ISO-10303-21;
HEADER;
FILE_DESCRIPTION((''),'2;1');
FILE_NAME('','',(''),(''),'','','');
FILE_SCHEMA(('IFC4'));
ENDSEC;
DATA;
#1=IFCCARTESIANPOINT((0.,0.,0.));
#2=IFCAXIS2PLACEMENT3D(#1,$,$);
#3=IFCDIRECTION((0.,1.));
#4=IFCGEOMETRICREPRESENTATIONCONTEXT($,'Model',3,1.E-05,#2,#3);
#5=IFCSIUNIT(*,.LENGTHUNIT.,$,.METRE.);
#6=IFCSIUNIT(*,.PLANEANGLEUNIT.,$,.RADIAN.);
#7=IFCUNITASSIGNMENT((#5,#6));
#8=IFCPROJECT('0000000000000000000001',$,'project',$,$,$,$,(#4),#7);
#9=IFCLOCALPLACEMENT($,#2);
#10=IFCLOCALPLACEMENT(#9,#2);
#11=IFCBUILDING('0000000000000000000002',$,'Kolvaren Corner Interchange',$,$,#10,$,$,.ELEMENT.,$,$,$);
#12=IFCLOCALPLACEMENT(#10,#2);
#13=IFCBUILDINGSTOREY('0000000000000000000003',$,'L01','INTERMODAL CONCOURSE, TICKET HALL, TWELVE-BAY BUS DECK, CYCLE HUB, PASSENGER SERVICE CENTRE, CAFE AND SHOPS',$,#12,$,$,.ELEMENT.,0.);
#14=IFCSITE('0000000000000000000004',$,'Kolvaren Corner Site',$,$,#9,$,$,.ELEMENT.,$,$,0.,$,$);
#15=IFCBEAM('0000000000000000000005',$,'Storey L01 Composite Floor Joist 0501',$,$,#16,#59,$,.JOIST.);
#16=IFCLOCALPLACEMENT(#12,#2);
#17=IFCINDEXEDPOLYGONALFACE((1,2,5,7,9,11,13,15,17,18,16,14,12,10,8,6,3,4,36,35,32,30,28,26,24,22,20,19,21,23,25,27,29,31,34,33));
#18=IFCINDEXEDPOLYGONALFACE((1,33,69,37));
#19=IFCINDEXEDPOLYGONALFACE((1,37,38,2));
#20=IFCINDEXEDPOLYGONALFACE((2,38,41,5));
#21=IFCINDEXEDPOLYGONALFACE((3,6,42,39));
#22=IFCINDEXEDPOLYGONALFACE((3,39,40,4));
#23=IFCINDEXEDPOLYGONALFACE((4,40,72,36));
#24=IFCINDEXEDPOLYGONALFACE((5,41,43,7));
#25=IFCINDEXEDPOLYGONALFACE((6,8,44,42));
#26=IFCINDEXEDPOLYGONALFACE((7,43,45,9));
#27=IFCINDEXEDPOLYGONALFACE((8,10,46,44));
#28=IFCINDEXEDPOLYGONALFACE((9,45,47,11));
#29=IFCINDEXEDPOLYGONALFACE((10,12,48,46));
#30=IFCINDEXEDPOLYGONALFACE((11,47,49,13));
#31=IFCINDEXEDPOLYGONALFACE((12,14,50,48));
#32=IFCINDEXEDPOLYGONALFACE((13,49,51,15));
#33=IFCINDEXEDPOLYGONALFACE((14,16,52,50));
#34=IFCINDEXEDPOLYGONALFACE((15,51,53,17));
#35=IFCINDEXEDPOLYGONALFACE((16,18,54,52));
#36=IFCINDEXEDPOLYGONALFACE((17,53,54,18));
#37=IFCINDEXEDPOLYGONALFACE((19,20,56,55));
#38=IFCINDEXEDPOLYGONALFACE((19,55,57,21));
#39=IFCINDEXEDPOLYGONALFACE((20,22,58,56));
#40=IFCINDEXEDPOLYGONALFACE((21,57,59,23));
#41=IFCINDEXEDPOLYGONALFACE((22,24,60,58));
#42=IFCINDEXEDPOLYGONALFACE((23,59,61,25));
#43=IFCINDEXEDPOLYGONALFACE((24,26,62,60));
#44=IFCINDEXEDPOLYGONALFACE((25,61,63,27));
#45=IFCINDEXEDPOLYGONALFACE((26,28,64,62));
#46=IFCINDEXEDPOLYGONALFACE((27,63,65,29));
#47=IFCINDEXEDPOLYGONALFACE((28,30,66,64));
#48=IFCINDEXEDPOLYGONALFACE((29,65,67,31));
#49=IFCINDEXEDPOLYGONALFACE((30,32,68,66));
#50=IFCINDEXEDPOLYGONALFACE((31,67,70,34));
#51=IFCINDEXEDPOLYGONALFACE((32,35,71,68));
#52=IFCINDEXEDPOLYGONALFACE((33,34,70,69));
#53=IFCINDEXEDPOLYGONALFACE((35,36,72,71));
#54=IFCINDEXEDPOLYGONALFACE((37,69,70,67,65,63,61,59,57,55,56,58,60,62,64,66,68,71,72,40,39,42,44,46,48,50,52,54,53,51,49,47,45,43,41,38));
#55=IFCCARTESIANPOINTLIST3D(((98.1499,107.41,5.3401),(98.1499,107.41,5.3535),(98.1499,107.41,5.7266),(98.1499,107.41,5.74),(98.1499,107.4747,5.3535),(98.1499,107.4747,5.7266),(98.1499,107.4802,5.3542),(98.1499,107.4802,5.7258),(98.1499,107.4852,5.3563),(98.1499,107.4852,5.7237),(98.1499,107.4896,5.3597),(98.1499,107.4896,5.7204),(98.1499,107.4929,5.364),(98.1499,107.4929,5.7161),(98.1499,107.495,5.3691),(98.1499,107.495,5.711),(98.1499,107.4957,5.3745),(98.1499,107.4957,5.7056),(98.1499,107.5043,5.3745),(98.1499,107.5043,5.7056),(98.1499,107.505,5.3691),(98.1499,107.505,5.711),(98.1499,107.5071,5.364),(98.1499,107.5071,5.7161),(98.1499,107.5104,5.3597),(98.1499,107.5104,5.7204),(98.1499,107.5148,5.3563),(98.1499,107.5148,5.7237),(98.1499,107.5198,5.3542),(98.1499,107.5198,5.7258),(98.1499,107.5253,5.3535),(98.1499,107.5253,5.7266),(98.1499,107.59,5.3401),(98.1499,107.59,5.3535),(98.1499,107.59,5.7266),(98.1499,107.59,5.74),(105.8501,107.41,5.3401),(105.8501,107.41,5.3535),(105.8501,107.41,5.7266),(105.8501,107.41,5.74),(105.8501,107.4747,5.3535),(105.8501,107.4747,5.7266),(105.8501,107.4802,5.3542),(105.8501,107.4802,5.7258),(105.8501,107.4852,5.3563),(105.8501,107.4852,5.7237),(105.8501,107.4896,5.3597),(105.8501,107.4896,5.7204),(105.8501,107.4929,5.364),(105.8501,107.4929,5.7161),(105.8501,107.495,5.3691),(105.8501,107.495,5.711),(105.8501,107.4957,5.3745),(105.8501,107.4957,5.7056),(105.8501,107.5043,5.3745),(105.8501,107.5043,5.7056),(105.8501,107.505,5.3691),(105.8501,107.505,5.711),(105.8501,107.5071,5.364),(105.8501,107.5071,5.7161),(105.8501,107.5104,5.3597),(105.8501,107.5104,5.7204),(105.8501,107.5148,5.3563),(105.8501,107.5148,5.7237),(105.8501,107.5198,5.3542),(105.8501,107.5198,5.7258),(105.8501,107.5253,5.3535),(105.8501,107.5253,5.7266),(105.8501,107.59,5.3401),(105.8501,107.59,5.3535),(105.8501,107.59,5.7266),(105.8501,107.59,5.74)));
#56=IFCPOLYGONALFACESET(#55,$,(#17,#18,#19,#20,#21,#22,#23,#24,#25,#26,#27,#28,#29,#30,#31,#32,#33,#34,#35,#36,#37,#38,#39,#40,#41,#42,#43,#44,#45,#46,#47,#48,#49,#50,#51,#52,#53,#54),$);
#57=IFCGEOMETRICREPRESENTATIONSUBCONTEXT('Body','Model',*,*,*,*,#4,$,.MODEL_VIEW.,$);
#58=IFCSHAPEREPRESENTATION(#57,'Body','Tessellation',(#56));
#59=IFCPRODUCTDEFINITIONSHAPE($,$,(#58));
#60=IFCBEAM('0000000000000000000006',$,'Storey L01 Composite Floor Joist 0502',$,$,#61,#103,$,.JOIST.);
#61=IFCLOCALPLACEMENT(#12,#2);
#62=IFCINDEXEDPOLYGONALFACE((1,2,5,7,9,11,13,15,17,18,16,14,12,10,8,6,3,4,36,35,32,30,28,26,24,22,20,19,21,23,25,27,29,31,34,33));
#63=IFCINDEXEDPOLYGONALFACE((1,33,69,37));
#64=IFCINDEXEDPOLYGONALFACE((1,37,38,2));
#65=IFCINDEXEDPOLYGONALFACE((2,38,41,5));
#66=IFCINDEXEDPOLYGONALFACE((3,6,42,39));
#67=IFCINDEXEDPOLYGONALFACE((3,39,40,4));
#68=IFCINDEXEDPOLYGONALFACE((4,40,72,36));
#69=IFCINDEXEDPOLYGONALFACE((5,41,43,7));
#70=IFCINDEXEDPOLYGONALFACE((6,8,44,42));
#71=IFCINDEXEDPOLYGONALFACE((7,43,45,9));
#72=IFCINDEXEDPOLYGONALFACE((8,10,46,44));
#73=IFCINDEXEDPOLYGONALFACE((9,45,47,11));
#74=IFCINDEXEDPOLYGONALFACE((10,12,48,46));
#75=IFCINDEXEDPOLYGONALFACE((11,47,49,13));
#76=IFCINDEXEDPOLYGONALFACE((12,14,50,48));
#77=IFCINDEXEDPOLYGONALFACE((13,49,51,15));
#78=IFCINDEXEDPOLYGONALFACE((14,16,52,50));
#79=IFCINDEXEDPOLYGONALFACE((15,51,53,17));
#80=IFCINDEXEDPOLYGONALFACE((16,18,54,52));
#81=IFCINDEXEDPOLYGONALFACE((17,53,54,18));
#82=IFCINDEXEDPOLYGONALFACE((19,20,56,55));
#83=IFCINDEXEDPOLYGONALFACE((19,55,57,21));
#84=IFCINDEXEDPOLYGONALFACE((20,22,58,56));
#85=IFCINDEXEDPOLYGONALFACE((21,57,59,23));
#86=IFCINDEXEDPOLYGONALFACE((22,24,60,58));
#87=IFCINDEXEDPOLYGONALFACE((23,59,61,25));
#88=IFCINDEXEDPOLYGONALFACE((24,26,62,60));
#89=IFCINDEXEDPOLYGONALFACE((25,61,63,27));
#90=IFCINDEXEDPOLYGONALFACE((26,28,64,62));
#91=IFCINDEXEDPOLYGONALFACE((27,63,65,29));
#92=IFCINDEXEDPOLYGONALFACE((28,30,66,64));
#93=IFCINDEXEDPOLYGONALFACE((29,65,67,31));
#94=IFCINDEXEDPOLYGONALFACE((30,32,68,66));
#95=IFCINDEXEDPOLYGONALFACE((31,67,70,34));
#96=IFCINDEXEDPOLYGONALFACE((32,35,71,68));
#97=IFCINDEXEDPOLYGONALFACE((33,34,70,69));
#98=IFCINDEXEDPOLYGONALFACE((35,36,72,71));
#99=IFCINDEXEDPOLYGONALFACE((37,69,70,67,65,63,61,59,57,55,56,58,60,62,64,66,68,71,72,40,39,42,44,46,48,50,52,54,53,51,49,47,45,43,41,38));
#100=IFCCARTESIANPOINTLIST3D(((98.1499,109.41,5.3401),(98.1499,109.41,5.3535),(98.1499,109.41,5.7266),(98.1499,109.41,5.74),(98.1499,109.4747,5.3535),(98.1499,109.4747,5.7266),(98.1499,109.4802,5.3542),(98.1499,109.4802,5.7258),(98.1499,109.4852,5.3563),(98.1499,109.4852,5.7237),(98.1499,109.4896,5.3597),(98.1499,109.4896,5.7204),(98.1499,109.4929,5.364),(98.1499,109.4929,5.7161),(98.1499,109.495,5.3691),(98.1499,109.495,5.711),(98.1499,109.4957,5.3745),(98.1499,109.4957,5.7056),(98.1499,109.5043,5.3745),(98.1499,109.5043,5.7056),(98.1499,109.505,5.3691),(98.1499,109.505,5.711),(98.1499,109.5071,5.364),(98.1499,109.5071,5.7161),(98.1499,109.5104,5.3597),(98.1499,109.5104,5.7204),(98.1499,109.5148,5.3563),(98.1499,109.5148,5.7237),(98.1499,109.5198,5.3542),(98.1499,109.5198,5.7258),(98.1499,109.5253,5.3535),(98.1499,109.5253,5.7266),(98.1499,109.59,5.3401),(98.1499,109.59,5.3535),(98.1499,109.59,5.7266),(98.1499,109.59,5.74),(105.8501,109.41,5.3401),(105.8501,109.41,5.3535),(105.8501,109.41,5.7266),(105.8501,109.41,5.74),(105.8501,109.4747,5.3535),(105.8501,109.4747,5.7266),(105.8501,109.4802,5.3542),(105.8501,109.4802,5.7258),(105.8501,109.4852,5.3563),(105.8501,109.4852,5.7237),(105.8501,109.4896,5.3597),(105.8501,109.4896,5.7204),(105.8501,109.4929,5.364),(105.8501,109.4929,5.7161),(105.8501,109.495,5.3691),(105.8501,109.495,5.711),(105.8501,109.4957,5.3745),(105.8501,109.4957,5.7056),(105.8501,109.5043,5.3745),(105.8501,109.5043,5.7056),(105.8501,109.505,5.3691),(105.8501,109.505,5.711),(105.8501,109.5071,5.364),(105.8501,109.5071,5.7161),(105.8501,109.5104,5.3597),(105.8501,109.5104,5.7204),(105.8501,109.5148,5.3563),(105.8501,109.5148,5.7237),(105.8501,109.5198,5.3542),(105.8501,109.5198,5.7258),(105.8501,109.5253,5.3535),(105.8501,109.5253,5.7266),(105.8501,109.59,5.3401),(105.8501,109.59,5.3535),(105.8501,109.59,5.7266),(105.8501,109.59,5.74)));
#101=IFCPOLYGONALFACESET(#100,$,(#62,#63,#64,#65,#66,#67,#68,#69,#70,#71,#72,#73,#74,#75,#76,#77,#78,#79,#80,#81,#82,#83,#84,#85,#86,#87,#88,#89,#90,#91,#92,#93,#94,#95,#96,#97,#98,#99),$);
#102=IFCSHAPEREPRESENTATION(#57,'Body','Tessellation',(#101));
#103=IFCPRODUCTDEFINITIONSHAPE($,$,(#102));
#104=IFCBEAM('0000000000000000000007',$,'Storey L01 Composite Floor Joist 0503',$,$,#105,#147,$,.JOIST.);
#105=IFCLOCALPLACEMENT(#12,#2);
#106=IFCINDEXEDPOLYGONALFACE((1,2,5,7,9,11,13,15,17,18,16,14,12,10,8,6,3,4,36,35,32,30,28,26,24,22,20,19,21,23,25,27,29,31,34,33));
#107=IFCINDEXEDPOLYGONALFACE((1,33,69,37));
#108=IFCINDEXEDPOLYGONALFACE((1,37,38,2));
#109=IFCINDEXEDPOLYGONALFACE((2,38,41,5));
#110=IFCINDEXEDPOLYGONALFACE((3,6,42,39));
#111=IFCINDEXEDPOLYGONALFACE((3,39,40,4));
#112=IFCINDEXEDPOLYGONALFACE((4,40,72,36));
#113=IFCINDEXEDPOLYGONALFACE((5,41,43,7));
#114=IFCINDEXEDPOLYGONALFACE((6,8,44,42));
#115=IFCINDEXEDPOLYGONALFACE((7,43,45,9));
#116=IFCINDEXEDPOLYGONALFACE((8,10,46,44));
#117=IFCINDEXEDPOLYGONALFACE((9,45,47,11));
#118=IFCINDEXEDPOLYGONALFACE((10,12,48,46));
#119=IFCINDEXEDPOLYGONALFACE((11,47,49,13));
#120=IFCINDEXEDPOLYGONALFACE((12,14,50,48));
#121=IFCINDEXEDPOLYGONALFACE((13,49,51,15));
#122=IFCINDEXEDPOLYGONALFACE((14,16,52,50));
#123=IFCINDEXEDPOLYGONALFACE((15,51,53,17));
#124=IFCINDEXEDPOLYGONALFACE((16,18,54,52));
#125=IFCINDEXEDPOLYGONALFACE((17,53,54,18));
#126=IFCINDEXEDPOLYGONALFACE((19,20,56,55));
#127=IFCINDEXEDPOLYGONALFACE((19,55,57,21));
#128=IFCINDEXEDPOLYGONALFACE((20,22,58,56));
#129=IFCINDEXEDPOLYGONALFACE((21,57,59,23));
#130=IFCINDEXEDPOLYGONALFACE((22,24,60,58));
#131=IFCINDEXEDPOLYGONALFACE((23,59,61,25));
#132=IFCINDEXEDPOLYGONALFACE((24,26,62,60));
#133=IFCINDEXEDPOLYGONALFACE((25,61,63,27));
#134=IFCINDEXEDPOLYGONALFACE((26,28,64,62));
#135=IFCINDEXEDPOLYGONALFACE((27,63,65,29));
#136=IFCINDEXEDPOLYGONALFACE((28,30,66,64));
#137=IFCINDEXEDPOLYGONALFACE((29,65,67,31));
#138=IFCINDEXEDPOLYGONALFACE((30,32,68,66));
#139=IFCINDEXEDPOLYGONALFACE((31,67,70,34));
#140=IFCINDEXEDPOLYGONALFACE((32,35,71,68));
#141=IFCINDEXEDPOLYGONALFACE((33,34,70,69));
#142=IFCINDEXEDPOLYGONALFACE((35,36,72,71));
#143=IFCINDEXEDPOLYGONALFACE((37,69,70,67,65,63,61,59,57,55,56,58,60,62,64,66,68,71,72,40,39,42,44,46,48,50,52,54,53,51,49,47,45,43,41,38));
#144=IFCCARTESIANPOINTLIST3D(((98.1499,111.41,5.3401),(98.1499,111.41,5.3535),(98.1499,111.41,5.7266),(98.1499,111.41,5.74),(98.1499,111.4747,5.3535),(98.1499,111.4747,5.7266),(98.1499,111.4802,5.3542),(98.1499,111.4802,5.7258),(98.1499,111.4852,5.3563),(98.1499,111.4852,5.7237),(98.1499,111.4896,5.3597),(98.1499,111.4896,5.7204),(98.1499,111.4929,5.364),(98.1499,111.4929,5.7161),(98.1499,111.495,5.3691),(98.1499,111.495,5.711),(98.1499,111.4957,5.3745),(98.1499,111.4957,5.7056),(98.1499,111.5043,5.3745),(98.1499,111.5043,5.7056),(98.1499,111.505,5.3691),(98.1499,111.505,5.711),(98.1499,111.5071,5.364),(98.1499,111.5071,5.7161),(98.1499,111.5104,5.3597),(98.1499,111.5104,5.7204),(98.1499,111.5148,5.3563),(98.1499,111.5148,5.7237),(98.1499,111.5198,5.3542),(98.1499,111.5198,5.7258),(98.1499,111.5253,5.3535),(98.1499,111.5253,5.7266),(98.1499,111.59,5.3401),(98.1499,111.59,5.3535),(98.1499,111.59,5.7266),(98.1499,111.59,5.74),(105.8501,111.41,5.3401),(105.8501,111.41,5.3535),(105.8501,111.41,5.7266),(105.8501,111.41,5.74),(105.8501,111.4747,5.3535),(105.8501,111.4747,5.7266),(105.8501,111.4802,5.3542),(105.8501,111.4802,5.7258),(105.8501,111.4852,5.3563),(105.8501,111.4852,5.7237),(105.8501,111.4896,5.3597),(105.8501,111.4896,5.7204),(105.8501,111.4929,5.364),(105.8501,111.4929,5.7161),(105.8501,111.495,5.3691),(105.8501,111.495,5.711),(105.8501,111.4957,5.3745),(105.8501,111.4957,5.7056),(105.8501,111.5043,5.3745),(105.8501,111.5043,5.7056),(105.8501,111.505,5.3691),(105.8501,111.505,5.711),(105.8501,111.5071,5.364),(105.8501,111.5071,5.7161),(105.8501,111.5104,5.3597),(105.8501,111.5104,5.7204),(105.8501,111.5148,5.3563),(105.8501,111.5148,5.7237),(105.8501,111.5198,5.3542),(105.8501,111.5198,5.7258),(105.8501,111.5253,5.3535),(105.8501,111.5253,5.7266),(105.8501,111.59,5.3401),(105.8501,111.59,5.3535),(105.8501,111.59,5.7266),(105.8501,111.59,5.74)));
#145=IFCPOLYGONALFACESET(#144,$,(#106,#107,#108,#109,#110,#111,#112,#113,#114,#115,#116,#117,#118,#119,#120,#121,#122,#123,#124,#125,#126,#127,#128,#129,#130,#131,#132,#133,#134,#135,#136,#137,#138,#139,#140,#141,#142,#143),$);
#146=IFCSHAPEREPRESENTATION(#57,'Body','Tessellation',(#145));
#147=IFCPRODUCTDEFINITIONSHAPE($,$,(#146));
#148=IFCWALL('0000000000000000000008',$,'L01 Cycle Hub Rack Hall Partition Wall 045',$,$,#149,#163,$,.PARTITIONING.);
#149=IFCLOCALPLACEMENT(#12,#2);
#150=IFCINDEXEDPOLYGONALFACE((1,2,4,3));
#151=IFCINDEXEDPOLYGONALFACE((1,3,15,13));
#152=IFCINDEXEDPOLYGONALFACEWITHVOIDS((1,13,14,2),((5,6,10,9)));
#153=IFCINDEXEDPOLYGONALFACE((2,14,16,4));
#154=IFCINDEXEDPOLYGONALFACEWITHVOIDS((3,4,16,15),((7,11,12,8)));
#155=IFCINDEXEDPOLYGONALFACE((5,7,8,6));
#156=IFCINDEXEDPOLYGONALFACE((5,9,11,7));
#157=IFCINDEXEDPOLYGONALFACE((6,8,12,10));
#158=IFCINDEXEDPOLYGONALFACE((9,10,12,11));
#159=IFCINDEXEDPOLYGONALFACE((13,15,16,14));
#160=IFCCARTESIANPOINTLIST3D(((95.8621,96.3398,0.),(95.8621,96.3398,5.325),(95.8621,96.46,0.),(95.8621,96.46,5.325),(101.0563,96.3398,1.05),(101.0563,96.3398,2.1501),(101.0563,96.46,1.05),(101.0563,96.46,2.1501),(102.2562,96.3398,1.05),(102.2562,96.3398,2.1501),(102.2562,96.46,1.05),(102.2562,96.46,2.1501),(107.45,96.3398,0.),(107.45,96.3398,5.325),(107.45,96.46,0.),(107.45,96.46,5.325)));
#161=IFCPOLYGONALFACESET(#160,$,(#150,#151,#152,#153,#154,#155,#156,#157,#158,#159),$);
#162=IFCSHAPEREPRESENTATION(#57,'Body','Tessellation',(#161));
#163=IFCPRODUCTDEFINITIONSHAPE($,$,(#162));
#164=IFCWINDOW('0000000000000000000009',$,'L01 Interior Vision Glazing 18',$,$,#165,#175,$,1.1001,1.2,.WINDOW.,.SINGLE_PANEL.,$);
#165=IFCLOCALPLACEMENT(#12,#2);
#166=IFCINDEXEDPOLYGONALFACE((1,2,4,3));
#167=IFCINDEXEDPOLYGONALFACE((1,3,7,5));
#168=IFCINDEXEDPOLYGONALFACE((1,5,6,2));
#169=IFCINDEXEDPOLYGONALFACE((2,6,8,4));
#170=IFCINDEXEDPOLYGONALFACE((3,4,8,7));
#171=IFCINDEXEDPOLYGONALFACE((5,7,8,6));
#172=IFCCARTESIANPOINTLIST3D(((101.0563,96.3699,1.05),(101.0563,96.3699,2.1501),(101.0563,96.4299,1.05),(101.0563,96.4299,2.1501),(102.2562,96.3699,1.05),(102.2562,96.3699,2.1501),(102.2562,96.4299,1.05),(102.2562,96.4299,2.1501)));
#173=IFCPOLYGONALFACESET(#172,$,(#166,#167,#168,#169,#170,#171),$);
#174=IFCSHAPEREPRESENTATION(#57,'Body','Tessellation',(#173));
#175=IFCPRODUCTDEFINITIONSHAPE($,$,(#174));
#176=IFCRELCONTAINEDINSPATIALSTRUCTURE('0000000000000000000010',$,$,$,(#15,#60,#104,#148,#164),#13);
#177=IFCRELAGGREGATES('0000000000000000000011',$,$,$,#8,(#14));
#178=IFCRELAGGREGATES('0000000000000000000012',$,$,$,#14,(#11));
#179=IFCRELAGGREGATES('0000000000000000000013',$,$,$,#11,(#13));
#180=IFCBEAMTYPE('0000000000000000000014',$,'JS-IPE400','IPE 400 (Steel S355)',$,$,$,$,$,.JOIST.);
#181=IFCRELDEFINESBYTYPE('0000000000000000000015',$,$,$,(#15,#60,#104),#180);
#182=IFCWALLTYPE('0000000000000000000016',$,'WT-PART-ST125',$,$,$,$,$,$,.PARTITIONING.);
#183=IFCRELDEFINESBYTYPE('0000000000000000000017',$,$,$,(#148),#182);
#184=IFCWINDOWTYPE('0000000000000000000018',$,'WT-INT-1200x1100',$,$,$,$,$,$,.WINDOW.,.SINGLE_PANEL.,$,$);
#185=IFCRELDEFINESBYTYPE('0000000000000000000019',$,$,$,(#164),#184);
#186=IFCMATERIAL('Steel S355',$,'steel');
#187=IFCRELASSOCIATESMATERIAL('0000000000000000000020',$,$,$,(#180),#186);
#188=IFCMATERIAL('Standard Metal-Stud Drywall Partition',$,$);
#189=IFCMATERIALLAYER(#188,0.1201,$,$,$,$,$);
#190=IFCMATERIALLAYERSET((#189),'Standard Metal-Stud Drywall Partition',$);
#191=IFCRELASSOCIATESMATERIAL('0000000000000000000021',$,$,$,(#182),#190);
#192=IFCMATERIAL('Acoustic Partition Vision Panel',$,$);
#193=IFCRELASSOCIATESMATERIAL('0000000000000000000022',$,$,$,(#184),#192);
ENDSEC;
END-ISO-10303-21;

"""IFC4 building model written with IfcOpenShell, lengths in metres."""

from ifc_helpers import new_model, si_unit, direction, frame, frame_2d, origin, origin_2d, place, context, subcontext, project, spatial, rectangle, i_section, extrude, material, layer, layer_set, material_profile, profile_set, type_object, element, fill, save


model = new_model("IFC4")

# Units and contexts
model_context = context("Model", 3, precision=1e-05, world=origin(), true_north=direction((0.0, 1.0)))
body_context = subcontext(model_context, "Body", "Model", "MODEL_VIEW")
ifc_project = project(units=[si_unit("LENGTHUNIT", "METRE"), si_unit("PLANEANGLEUNIT", "RADIAN")], contexts=[model_context])

# Site, building, storey
site_placement = place(None, origin())
site = spatial("IfcSite", under=ifc_project, at=site_placement, Name="Kolvaren Corner Site", CompositionType="ELEMENT", RefElevation=0.0)
building_placement = place(site_placement, origin())
building = spatial("IfcBuilding", under=site, at=building_placement, Name="Kolvaren Corner Interchange", CompositionType="ELEMENT")
storey_placement = place(building_placement, origin())
storey = spatial("IfcBuildingStorey", under=building, at=storey_placement, Name="L01", Description="INTERMODAL CONCOURSE, TICKET HALL, TWELVE-BAY BUS DECK, CYCLE HUB, PASSENGER SERVICE CENTRE, CAFE AND SHOPS", CompositionType="ELEMENT", Elevation=0.0)

# Beams
ifc_material_1 = material(Name="Steel S355", Category="steel")
ifc_material_profile_1 = material_profile(ifc_material_1, i_section(OverallWidth=0.1799, OverallDepth=0.3999, WebThickness=0.0085, FlangeThickness=0.0134, FilletRadius=0.021, at=origin_2d()), Name="IPE 400")
ifc_profile_set_1 = profile_set([ifc_material_profile_1], Name="Steel S355")
beam_type_1 = type_object("IfcBeamType", Name="JS-IPE400", Description="IPE 400 (Steel S355)", PredefinedType="JOIST", material=ifc_profile_set_1)
for number, where, z_axis, x_axis, name in (
    (1, (98.1499, 107.5, 5.54), (1.0, 0.0, 0.0), (0.0, 1.0, 0.0), "Storey L01 Composite Floor Joist 0501"),
    (2, (98.1499, 109.5, 5.54), (1.0, 0.0, 0.0), (0.0, 1.0, 0.0), "Storey L01 Composite Floor Joist 0502"),
    (3, (98.1499, 111.5, 5.54), (1.0, 0.0, 0.0), (0.0, 1.0, 0.0), "Storey L01 Composite Floor Joist 0503"),
):
    element("IfcBeam", number, at=place(storey_placement, frame(where, z_axis=z_axis, x_axis=x_axis)), inside=storey, type_object=beam_type_1, Name=name, PredefinedType="JOIST", context=body_context, shape_type="SweptSolid", body=[
        extrude(i_section(OverallWidth=0.1799, OverallDepth=0.3999, WebThickness=0.0085, FlangeThickness=0.0134, FilletRadius=0.021, at=origin_2d()), origin(), (0.0, 0.0, 1.0), 7.7002),
    ])

# Wall, opening, window
ifc_material_2 = material(Name="Standard Metal-Stud Drywall Partition")
ifc_layer = layer(ifc_material_2, 0.1201)
ifc_layer_set = layer_set([ifc_layer], Name="Standard Metal-Stud Drywall Partition")
wall_type = type_object("IfcWallType", Name="WT-PART-ST125", PredefinedType="PARTITIONING", material=ifc_layer_set)
wall_1_placement = place(storey_placement, frame((95.8621, 96.3999, 0.0), z_axis=(0.0, 0.0, 1.0), x_axis=(1.0, 0.0, 0.0)))
wall_1 = element("IfcWall", 4, at=wall_1_placement, inside=storey, type_object=wall_type, Name="L01 Cycle Hub Rack Hall Partition Wall 045", PredefinedType="PARTITIONING", context=body_context, shape_type="SweptSolid", body=[
    extrude(rectangle(XDim=11.5879, YDim=0.1201, at=frame_2d((5.7939, 0.0))), origin(), (0.0, 0.0, 1.0), 5.325),
])
opening_1_placement = place(wall_1_placement, frame((5.1941, 0.0, 1.05)))
opening_1 = element("IfcOpeningElement", 5, at=opening_1_placement, cuts=wall_1, PredefinedType="OPENING", context=body_context, shape_type="SweptSolid", body=[
    extrude(rectangle(XDim=1.2, YDim=1.1001, at=frame_2d((0.6001, 0.55))), frame((0.0, 0.0701, 0.0), z_axis=(0.0, -1.0, 0.0), x_axis=(1.0, 0.0, 0.0)), (0.0, 0.0, 1.0), 0.1401),
])
ifc_material_3 = material(Name="Acoustic Partition Vision Panel")
window_type_1 = type_object("IfcWindowType", Name="WT-INT-1200x1100", PartitioningType="SINGLE_PANEL", PredefinedType="WINDOW", material=ifc_material_3)
window_1_placement = place(opening_1_placement, origin())
window_1 = element("IfcWindow", 6, at=window_1_placement, inside=storey, type_object=window_type_1, Name="L01 Interior Vision Glazing 18", OverallHeight=1.1001, OverallWidth=1.2, PartitioningType="SINGLE_PANEL", PredefinedType="WINDOW", context=body_context, shape_type="SweptSolid", body=[
    extrude(rectangle(XDim=1.2, YDim=1.1001, at=frame_2d((0.6001, 0.55))), frame((0.0, 0.03, 0.0), z_axis=(0.0, -1.0, 0.0), x_axis=(1.0, 0.0, 0.0)), (0.0, 0.0, 1.0), 0.0601),
])
fill(opening_1, window_1)

save(model, "model.ifc")
